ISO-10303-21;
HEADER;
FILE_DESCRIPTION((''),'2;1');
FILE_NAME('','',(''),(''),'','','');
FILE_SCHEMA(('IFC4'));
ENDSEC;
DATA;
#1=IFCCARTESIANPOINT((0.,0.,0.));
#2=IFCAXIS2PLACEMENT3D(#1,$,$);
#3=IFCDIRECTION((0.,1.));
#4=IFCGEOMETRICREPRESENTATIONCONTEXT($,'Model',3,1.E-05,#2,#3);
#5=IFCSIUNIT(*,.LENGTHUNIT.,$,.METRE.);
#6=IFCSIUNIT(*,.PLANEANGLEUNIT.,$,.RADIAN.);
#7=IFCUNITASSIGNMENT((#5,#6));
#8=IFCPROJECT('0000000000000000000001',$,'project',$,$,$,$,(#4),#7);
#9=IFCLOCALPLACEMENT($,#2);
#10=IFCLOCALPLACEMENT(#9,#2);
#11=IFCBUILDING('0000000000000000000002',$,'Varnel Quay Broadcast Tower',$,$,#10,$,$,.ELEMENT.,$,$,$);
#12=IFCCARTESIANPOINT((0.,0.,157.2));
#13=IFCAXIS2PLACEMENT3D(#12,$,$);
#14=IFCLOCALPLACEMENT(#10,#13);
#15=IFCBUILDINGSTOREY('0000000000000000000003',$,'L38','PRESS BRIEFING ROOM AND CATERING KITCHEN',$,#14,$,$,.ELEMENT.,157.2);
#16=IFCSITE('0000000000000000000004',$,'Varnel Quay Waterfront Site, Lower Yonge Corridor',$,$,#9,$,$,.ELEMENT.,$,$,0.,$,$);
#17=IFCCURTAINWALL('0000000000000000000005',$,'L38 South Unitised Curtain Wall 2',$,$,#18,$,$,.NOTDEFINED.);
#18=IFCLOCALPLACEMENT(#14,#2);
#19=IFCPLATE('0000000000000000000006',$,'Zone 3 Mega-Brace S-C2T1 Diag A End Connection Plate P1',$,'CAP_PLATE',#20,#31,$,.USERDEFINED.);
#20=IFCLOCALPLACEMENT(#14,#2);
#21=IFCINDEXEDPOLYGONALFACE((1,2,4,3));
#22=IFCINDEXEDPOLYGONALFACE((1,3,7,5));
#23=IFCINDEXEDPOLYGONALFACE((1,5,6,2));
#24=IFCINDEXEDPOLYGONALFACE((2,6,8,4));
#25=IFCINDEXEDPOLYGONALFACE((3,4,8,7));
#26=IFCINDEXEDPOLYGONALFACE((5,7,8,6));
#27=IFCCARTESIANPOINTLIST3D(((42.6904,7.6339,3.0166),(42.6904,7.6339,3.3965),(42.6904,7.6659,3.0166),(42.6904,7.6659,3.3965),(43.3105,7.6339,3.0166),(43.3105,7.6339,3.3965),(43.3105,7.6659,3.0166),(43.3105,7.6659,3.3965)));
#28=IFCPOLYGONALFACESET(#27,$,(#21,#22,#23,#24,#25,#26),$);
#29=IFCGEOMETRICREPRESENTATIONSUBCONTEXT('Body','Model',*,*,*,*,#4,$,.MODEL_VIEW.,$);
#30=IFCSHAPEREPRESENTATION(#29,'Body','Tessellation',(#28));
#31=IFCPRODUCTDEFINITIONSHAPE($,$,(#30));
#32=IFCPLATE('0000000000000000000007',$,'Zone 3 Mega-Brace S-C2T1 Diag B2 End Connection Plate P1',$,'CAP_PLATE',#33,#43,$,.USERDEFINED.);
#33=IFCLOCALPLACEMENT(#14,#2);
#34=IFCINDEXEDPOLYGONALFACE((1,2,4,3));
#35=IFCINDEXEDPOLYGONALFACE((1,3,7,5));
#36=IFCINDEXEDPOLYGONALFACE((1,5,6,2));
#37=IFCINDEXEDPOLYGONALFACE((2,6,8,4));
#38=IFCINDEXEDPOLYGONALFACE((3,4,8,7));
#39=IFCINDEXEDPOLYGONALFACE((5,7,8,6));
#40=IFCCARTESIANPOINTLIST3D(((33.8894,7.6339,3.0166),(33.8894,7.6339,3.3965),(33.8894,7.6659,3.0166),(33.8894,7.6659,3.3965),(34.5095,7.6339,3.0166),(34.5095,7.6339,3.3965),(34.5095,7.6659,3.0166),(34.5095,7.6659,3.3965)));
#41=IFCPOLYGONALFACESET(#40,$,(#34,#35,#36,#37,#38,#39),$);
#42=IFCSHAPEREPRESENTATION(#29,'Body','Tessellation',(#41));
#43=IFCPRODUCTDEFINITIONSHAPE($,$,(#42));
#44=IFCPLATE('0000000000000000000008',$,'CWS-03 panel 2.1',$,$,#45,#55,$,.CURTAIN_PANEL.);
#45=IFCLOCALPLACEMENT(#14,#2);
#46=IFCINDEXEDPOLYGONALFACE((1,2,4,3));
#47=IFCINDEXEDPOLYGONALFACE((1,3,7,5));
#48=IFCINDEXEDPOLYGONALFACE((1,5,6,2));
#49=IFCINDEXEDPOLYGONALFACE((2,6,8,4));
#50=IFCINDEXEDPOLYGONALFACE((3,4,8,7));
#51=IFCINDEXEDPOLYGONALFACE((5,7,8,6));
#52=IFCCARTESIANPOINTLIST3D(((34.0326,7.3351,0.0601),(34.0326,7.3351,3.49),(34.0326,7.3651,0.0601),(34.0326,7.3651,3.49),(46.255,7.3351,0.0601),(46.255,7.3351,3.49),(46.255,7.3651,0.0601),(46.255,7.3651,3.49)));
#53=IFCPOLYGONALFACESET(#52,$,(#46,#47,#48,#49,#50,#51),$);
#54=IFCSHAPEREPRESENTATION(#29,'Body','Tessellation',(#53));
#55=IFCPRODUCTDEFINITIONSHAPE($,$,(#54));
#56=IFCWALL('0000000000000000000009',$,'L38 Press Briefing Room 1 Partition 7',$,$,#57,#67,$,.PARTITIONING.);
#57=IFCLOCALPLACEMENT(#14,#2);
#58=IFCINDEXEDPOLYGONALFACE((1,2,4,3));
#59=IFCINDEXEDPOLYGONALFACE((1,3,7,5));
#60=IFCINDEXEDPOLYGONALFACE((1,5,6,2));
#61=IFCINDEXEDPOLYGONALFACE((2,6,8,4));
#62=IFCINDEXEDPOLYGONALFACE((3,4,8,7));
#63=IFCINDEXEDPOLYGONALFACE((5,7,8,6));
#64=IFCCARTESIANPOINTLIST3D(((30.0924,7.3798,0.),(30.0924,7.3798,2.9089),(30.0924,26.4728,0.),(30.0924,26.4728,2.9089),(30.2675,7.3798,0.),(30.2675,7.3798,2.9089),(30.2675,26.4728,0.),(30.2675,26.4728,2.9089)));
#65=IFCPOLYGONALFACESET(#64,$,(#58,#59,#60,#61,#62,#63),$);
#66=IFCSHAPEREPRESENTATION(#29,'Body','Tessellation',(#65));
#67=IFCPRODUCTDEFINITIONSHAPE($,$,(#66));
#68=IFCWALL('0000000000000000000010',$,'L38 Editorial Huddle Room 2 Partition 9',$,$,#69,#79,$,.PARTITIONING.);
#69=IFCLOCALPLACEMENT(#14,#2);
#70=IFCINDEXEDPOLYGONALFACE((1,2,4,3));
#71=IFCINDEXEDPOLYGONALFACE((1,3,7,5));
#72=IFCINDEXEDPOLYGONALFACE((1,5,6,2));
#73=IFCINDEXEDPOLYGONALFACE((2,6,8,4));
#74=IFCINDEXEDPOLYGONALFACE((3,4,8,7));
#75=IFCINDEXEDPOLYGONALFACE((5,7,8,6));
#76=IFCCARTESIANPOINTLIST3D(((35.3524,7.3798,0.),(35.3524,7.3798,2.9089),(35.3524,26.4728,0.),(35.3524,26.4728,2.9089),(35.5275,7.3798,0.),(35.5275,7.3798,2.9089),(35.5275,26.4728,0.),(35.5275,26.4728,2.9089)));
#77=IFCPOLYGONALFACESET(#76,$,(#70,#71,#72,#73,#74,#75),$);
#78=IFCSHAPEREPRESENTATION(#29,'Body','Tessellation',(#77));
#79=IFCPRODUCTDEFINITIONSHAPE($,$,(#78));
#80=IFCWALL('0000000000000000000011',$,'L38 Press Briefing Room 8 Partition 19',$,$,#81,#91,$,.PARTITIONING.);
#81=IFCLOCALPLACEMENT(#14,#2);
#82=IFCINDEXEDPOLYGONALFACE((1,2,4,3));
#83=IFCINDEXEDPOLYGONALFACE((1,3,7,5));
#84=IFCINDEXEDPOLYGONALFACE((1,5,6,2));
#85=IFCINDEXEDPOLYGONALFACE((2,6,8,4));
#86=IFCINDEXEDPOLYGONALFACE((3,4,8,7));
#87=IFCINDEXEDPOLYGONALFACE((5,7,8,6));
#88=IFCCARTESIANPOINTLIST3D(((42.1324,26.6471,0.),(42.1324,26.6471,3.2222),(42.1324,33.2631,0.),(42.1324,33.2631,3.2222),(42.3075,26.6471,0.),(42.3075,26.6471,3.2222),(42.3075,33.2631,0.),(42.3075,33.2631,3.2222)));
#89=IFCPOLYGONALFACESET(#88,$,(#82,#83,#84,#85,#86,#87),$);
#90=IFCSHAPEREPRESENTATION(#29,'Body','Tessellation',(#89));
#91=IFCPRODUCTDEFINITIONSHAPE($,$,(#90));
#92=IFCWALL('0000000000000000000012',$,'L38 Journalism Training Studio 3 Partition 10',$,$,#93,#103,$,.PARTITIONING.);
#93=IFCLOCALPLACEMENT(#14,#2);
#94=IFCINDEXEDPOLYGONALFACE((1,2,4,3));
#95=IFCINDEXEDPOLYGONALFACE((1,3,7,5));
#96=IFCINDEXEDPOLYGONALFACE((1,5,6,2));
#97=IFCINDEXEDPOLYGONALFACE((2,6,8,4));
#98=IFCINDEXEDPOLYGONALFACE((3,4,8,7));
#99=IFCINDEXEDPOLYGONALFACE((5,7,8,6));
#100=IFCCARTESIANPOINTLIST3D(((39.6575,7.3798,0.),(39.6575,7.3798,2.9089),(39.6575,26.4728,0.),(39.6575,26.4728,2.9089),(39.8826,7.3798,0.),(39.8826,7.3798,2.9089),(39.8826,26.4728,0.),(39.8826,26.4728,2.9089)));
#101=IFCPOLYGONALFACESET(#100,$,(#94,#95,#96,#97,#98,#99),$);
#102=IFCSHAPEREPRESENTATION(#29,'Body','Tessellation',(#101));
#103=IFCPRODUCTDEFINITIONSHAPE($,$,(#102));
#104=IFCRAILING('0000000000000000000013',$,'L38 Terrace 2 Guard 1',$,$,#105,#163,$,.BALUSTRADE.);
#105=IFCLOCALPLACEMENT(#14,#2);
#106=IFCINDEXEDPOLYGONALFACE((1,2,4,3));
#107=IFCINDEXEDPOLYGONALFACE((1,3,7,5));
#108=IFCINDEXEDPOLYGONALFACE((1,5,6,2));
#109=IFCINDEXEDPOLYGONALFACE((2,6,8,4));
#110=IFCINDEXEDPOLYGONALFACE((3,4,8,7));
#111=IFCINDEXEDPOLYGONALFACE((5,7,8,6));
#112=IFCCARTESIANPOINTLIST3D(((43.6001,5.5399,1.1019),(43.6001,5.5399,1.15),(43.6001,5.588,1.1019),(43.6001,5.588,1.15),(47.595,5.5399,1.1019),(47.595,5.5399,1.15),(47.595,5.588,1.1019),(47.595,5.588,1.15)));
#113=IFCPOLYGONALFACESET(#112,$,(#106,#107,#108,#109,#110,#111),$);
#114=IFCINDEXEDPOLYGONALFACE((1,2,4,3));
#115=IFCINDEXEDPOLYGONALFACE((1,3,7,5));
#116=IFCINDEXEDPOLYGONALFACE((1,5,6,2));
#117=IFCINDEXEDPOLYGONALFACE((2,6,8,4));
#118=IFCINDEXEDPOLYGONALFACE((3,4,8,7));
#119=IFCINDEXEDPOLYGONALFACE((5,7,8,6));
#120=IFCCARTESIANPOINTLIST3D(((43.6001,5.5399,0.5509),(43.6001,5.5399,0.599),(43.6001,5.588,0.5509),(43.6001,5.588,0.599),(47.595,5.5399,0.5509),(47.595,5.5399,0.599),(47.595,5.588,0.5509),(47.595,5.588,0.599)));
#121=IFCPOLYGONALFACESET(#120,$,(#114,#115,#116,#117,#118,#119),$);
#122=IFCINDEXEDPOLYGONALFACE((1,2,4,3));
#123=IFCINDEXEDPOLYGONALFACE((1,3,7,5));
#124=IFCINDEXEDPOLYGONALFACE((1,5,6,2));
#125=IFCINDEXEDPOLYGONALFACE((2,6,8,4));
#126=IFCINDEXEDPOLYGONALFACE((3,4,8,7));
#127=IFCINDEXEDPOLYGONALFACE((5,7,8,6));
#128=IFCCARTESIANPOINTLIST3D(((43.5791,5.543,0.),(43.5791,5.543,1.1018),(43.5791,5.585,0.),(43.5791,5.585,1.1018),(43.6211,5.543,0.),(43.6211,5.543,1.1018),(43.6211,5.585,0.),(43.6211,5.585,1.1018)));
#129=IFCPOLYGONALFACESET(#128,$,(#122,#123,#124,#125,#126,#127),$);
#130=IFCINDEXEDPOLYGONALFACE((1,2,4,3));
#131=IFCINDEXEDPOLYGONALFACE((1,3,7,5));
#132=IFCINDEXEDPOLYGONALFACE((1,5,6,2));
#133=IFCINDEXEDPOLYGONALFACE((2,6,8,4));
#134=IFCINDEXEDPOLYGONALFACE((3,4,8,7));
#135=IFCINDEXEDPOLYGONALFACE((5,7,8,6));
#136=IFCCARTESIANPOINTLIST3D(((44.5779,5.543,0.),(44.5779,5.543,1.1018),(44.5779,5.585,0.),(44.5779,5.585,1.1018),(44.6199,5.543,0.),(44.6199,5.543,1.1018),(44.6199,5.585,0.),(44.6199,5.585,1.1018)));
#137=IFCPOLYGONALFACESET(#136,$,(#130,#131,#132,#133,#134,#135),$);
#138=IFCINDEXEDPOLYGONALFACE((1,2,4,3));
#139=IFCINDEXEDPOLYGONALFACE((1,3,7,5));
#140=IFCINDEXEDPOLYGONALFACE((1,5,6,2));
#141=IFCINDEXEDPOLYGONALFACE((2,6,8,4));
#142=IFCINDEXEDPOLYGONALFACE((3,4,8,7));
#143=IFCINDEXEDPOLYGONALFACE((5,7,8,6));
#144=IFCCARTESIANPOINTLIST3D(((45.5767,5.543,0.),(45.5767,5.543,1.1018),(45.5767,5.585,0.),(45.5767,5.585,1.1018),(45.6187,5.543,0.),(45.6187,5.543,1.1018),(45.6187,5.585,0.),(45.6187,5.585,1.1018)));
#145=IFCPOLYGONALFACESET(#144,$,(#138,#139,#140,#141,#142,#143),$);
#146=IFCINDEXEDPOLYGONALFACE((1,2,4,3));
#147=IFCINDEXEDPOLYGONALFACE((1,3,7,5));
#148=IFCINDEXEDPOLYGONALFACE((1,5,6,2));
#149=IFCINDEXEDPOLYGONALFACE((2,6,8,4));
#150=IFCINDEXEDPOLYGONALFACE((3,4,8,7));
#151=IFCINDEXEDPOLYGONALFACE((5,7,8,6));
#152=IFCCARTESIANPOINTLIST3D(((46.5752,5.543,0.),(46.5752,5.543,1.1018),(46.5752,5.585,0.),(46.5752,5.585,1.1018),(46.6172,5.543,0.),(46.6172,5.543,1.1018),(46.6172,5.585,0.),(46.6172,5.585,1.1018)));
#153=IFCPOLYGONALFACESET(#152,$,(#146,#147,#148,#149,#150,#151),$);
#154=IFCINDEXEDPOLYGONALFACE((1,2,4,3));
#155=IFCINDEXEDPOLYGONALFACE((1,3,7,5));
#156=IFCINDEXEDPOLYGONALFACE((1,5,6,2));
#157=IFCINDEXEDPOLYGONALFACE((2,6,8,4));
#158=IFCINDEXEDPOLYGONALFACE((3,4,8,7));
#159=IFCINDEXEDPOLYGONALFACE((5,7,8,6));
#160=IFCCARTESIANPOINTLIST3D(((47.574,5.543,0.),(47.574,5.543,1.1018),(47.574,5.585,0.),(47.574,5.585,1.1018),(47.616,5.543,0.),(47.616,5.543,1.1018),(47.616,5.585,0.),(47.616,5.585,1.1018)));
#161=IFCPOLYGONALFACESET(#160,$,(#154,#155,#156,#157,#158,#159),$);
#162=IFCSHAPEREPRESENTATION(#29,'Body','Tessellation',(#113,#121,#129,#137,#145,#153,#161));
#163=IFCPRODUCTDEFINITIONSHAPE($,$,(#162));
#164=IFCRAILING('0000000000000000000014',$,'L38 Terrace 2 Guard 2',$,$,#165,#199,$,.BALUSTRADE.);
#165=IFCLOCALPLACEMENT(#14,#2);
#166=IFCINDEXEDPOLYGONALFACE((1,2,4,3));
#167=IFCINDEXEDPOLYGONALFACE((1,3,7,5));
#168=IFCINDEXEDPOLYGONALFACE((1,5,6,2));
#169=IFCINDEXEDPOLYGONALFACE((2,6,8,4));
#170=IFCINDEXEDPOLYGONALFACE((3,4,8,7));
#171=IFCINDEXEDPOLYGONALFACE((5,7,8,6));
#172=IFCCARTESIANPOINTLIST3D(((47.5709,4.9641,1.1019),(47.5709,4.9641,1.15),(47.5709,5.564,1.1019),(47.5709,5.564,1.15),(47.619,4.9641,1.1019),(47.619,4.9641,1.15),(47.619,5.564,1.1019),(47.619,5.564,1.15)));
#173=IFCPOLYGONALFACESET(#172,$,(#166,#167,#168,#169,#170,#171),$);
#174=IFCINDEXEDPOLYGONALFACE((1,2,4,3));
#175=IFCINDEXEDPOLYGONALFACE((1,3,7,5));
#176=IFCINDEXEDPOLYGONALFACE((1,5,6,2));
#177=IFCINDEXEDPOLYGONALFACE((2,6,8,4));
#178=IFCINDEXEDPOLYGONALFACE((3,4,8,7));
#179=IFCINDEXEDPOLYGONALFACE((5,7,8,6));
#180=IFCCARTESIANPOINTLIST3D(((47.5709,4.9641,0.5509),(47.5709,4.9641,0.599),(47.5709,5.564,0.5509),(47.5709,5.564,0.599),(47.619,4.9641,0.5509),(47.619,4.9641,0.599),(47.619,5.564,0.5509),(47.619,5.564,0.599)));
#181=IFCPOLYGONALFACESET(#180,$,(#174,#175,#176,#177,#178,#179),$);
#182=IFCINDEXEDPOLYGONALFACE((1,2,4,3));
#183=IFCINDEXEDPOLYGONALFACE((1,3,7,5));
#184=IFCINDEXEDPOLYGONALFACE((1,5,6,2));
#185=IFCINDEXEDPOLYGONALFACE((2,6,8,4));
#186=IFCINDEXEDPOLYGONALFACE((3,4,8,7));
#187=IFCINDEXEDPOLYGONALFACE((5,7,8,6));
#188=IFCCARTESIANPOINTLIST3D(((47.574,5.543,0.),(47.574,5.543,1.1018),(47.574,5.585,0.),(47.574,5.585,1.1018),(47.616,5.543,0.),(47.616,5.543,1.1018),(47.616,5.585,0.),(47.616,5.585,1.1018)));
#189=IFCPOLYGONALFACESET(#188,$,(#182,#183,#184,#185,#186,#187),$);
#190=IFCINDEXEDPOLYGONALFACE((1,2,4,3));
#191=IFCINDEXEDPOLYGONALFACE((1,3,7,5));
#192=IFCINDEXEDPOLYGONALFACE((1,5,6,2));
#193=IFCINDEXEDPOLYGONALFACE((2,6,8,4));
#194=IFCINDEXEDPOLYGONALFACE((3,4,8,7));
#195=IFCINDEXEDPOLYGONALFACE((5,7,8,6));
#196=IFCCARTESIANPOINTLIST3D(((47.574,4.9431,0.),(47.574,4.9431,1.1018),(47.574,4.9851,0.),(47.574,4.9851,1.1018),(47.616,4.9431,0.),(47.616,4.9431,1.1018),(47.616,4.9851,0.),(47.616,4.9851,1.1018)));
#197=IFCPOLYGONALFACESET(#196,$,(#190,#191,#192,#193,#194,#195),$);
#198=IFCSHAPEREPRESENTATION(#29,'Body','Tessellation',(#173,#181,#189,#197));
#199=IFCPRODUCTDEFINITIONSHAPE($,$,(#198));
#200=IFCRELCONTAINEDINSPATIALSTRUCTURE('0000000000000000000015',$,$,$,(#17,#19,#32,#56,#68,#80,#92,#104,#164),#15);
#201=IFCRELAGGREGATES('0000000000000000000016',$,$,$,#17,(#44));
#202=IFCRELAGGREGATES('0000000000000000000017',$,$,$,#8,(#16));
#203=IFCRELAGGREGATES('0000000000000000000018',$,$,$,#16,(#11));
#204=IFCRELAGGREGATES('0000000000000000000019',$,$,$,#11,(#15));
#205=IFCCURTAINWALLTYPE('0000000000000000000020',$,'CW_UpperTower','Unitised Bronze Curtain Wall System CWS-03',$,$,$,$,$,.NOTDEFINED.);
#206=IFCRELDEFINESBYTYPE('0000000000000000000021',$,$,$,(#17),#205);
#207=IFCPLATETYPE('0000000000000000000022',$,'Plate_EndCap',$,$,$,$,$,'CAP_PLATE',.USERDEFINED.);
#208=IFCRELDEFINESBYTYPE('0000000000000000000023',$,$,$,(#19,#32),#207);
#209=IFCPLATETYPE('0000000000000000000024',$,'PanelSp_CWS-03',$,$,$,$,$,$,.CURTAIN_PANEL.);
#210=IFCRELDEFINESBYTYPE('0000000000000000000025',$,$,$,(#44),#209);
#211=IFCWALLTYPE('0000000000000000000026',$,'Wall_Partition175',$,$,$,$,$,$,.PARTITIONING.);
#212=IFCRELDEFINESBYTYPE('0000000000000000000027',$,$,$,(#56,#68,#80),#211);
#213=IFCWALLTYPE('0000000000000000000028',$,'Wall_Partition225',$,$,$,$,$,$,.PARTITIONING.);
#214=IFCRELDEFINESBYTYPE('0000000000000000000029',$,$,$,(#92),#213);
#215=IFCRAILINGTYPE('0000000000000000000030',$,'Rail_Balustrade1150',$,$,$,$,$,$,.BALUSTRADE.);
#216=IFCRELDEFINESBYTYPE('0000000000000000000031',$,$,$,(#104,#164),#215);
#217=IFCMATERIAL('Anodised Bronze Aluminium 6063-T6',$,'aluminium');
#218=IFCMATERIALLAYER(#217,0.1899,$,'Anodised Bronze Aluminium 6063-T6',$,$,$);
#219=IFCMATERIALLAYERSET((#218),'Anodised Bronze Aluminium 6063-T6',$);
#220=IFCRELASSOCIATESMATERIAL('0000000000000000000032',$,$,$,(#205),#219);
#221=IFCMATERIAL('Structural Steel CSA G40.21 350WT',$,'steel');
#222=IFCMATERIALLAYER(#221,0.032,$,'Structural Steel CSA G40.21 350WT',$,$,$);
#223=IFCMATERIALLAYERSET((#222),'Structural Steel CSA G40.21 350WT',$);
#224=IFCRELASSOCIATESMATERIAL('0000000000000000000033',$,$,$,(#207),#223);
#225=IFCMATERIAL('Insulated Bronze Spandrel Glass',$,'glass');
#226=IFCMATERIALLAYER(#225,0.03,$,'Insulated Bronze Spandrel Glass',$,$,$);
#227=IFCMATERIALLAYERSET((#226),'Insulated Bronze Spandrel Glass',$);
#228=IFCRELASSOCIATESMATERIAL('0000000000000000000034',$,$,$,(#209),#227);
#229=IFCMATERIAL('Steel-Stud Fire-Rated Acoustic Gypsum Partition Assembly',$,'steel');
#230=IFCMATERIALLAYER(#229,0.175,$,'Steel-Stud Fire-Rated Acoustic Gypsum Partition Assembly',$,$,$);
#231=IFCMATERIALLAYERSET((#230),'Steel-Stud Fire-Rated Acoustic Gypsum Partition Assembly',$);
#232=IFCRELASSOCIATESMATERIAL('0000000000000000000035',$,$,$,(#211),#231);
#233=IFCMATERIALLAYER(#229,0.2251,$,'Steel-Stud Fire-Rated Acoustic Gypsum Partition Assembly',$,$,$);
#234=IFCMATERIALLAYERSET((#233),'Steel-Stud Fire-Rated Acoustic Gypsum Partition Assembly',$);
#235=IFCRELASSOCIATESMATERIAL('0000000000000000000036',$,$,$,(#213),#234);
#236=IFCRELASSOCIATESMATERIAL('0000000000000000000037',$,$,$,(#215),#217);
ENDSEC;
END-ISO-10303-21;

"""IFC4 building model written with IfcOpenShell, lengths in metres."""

from ifc_helpers import new_model, si_unit, direction, frame, frame_2d, origin, origin_2d, place, context, subcontext, project, spatial, rectangle, extrude, source, transform, mapped, material, layer, layer_set, type_object, type_shapes, element, aggregate, save


model = new_model("IFC4")

# Units and contexts
model_context = context("Model", 3, precision=1e-05, world=origin(), true_north=direction((0.0, 1.0)))
body_context = subcontext(model_context, "Body", "Model", "MODEL_VIEW")
ifc_project = project(units=[si_unit("LENGTHUNIT", "METRE"), si_unit("PLANEANGLEUNIT", "RADIAN")], contexts=[model_context])

# Site, building, storey
site_placement = place(None, origin())
site = spatial("IfcSite", under=ifc_project, at=site_placement, Name="Varnel Quay Waterfront Site, Lower Yonge Corridor", CompositionType="ELEMENT", RefElevation=0.0)
building_placement = place(site_placement, origin())
building = spatial("IfcBuilding", under=site, at=building_placement, Name="Varnel Quay Broadcast Tower", CompositionType="ELEMENT")
storey_placement = place(building_placement, frame((0.0, 0.0, 157.2)))
storey = spatial("IfcBuildingStorey", under=building, at=storey_placement, Name="L38", Description="PRESS BRIEFING ROOM AND CATERING KITCHEN", CompositionType="ELEMENT", Elevation=157.2)

# Curtain wall
ifc_material_1 = material(Name="Anodised Bronze Aluminium 6063-T6", Category="aluminium")
ifc_layer_1 = layer(ifc_material_1, 0.1899, Name="Anodised Bronze Aluminium 6063-T6")
ifc_layer_set_1 = layer_set([ifc_layer_1], Name="Anodised Bronze Aluminium 6063-T6")
curtain_wall_type = type_object("IfcCurtainWallType", Name="CW_UpperTower", Description="Unitised Bronze Curtain Wall System CWS-03", PredefinedType="NOTDEFINED", material=ifc_layer_set_1)
curtain_wall_placement = place(storey_placement, origin())
curtain_wall = element("IfcCurtainWall", 1, at=curtain_wall_placement, inside=storey, type_object=curtain_wall_type, Name="L38 South Unitised Curtain Wall 2", PredefinedType="NOTDEFINED")

# Plates
ifc_material_2 = material(Name="Structural Steel CSA G40.21 350WT", Category="steel")
ifc_layer_2 = layer(ifc_material_2, 0.032, Name="Structural Steel CSA G40.21 350WT")
ifc_layer_set_2 = layer_set([ifc_layer_2], Name="Structural Steel CSA G40.21 350WT")
plate_type_1 = type_object("IfcPlateType", Name="Plate_EndCap", ElementType="CAP_PLATE", PredefinedType="USERDEFINED", material=ifc_layer_set_2)
shared_shape_1 = source(origin(), body_context, "Body", "SweptSolid", [
    extrude(rectangle(XDim=0.6201, YDim=0.032, at=origin_2d()), origin(), (0.0, 0.0, 1.0), 0.3799),
])
type_shapes(plate_type_1, [shared_shape_1])
for number, where, z_axis, x_axis, name in (
    (2, (43.0005, 7.6499, 3.0166), (0.0, 0.0, 1.0), (1.0, 0.0, 0.0), "Zone 3 Mega-Brace S-C2T1 Diag A End Connection Plate P1"),
    (3, (34.1995, 7.6499, 3.0166), (0.0, 0.0, 1.0), (1.0, 0.0, 0.0), "Zone 3 Mega-Brace S-C2T1 Diag B2 End Connection Plate P1"),
):
    element("IfcPlate", number, at=place(storey_placement, frame(where, z_axis=z_axis, x_axis=x_axis)), inside=storey, type_object=plate_type_1, Name=name, ObjectType="CAP_PLATE", PredefinedType="USERDEFINED", context=body_context, shape_type="MappedRepresentation", body=[
        mapped(shared_shape_1, transform((0.0, 0.0, 0.0), x_axis=(1.0, 0.0, 0.0), y_axis=(0.0, 1.0, 0.0), z_axis=(0.0, 0.0, 1.0), scale=1.0)),
    ])

# Plate
ifc_material_3 = material(Name="Insulated Bronze Spandrel Glass", Category="glass")
ifc_layer_3 = layer(ifc_material_3, 0.03, Name="Insulated Bronze Spandrel Glass")
ifc_layer_set_3 = layer_set([ifc_layer_3], Name="Insulated Bronze Spandrel Glass")
plate_type_2 = type_object("IfcPlateType", Name="PanelSp_CWS-03", PredefinedType="CURTAIN_PANEL", material=ifc_layer_set_3)
shared_shape_2 = source(origin(), body_context, "Body", "SweptSolid", [
    extrude(rectangle(XDim=12.2224, YDim=0.03, at=origin_2d()), origin(), (0.0, 0.0, 1.0), 3.4299),
])
type_shapes(plate_type_2, [shared_shape_2])
plate_placement = place(storey_placement, frame((40.1438, 7.3501, 0.0601), z_axis=(0.0, 0.0, 1.0), x_axis=(1.0, 0.0, 0.0)))
plate = element("IfcPlate", 4, at=plate_placement, type_object=plate_type_2, Name="CWS-03 panel 2.1", PredefinedType="CURTAIN_PANEL", context=body_context, shape_type="MappedRepresentation", body=[
    mapped(shared_shape_2, transform((0.0, 0.0, 0.0), x_axis=(1.0, 0.0, 0.0), y_axis=(0.0, 1.0, 0.0), z_axis=(0.0, 0.0, 1.0), scale=1.0)),
])
aggregate(curtain_wall, [plate])

# Walls
ifc_material_4 = material(Name="Steel-Stud Fire-Rated Acoustic Gypsum Partition Assembly", Category="steel")
ifc_layer_4 = layer(ifc_material_4, 0.175, Name="Steel-Stud Fire-Rated Acoustic Gypsum Partition Assembly")
ifc_layer_set_4 = layer_set([ifc_layer_4], Name="Steel-Stud Fire-Rated Acoustic Gypsum Partition Assembly")
wall_type_1 = type_object("IfcWallType", Name="Wall_Partition175", PredefinedType="PARTITIONING", material=ifc_layer_set_4)
for number, where, z_axis, x_axis, name in (
    (5, (30.1799, 7.3799, 0.0), (0.0, 0.0, 1.0), (0.0, 1.0, 0.0), "L38 Press Briefing Room 1 Partition 7"),
    (6, (35.4399, 7.3799, 0.0), (0.0, 0.0, 1.0), (0.0, 1.0, 0.0), "L38 Editorial Huddle Room 2 Partition 9"),
):
    element("IfcWall", number, at=place(storey_placement, frame(where, z_axis=z_axis, x_axis=x_axis)), inside=storey, type_object=wall_type_1, Name=name, PredefinedType="PARTITIONING", context=body_context, shape_type="SweptSolid", body=[
        extrude(rectangle(XDim=19.093, YDim=0.175, at=frame_2d((9.5464, 0.0))), origin(), (0.0, 0.0, 1.0), 2.9089),
    ])
wall_1_placement = place(storey_placement, frame((42.22, 26.647, 0.0), z_axis=(0.0, 0.0, 1.0), x_axis=(0.0, 1.0, 0.0)))
element("IfcWall", 7, at=wall_1_placement, inside=storey, type_object=wall_type_1, Name="L38 Press Briefing Room 8 Partition 19", PredefinedType="PARTITIONING", context=body_context, shape_type="SweptSolid", body=[
    extrude(rectangle(XDim=6.616, YDim=0.175, at=frame_2d((3.3081, 0.0))), origin(), (0.0, 0.0, 1.0), 3.2222),
])
ifc_layer_5 = layer(ifc_material_4, 0.2251, Name="Steel-Stud Fire-Rated Acoustic Gypsum Partition Assembly")
ifc_layer_set_5 = layer_set([ifc_layer_5], Name="Steel-Stud Fire-Rated Acoustic Gypsum Partition Assembly")
wall_type_2 = type_object("IfcWallType", Name="Wall_Partition225", PredefinedType="PARTITIONING", material=ifc_layer_set_5)
wall_2_placement = place(storey_placement, frame((39.77, 7.3799, 0.0), z_axis=(0.0, 0.0, 1.0), x_axis=(0.0, 1.0, 0.0)))
element("IfcWall", 8, at=wall_2_placement, inside=storey, type_object=wall_type_2, Name="L38 Journalism Training Studio 3 Partition 10", PredefinedType="PARTITIONING", context=body_context, shape_type="SweptSolid", body=[
    extrude(rectangle(XDim=19.093, YDim=0.2251, at=frame_2d((9.5464, 0.0))), origin(), (0.0, 0.0, 1.0), 2.9089),
])

# Railings
railing_type = type_object("IfcRailingType", Name="Rail_Balustrade1150", PredefinedType="BALUSTRADE", material=ifc_material_1)
railing_1_placement = place(storey_placement, frame((43.6001, 5.564, 0.0)))
element("IfcRailing", 9, at=railing_1_placement, inside=storey, type_object=railing_type, Name="L38 Terrace 2 Guard 1", PredefinedType="BALUSTRADE", context=body_context, shape_type="SweptSolid", body=[
    extrude(rectangle(XDim=0.0481, YDim=0.0481, at=origin_2d()), frame((0.0, 0.0, 1.126), z_axis=(1.0, 0.0, 0.0), x_axis=(0.0, 1.0, 0.0)), (0.0, 0.0, 1.0), 3.9949),
    extrude(rectangle(XDim=0.0481, YDim=0.0481, at=origin_2d()), frame((0.0, 0.0, 0.575), z_axis=(1.0, 0.0, 0.0), x_axis=(0.0, 1.0, 0.0)), (0.0, 0.0, 1.0), 3.9949),
    extrude(rectangle(XDim=0.042, YDim=0.042, at=origin_2d()), origin(), (0.0, 0.0, 1.0), 1.1018),
    extrude(rectangle(XDim=0.042, YDim=0.042, at=origin_2d()), frame((0.9988, 0.0, 0.0)), (0.0, 0.0, 1.0), 1.1018),
    extrude(rectangle(XDim=0.042, YDim=0.042, at=origin_2d()), frame((1.9976, 0.0, 0.0)), (0.0, 0.0, 1.0), 1.1018),
    extrude(rectangle(XDim=0.042, YDim=0.042, at=origin_2d()), frame((2.9961, 0.0, 0.0)), (0.0, 0.0, 1.0), 1.1018),
    extrude(rectangle(XDim=0.042, YDim=0.042, at=origin_2d()), frame((3.9949, 0.0, 0.0)), (0.0, 0.0, 1.0), 1.1018),
])
railing_2_placement = place(storey_placement, frame((47.595, 5.564, 0.0)))
element("IfcRailing", 10, at=railing_2_placement, inside=storey, type_object=railing_type, Name="L38 Terrace 2 Guard 2", PredefinedType="BALUSTRADE", context=body_context, shape_type="SweptSolid", body=[
    extrude(rectangle(XDim=0.0481, YDim=0.0481, at=origin_2d()), frame((0.0, 0.0, 1.126), z_axis=(0.0, -1.0, 0.0), x_axis=(1.0, 0.0, 0.0)), (0.0, 0.0, 1.0), 0.5999),
    extrude(rectangle(XDim=0.0481, YDim=0.0481, at=origin_2d()), frame((0.0, 0.0, 0.575), z_axis=(0.0, -1.0, 0.0), x_axis=(1.0, 0.0, 0.0)), (0.0, 0.0, 1.0), 0.5999),
    extrude(rectangle(XDim=0.042, YDim=0.042, at=origin_2d()), origin(), (0.0, 0.0, 1.0), 1.1018),
    extrude(rectangle(XDim=0.042, YDim=0.042, at=origin_2d()), frame((0.0, -0.5999, 0.0)), (0.0, 0.0, 1.0), 1.1018),
])

save(model, "model.ifc")
